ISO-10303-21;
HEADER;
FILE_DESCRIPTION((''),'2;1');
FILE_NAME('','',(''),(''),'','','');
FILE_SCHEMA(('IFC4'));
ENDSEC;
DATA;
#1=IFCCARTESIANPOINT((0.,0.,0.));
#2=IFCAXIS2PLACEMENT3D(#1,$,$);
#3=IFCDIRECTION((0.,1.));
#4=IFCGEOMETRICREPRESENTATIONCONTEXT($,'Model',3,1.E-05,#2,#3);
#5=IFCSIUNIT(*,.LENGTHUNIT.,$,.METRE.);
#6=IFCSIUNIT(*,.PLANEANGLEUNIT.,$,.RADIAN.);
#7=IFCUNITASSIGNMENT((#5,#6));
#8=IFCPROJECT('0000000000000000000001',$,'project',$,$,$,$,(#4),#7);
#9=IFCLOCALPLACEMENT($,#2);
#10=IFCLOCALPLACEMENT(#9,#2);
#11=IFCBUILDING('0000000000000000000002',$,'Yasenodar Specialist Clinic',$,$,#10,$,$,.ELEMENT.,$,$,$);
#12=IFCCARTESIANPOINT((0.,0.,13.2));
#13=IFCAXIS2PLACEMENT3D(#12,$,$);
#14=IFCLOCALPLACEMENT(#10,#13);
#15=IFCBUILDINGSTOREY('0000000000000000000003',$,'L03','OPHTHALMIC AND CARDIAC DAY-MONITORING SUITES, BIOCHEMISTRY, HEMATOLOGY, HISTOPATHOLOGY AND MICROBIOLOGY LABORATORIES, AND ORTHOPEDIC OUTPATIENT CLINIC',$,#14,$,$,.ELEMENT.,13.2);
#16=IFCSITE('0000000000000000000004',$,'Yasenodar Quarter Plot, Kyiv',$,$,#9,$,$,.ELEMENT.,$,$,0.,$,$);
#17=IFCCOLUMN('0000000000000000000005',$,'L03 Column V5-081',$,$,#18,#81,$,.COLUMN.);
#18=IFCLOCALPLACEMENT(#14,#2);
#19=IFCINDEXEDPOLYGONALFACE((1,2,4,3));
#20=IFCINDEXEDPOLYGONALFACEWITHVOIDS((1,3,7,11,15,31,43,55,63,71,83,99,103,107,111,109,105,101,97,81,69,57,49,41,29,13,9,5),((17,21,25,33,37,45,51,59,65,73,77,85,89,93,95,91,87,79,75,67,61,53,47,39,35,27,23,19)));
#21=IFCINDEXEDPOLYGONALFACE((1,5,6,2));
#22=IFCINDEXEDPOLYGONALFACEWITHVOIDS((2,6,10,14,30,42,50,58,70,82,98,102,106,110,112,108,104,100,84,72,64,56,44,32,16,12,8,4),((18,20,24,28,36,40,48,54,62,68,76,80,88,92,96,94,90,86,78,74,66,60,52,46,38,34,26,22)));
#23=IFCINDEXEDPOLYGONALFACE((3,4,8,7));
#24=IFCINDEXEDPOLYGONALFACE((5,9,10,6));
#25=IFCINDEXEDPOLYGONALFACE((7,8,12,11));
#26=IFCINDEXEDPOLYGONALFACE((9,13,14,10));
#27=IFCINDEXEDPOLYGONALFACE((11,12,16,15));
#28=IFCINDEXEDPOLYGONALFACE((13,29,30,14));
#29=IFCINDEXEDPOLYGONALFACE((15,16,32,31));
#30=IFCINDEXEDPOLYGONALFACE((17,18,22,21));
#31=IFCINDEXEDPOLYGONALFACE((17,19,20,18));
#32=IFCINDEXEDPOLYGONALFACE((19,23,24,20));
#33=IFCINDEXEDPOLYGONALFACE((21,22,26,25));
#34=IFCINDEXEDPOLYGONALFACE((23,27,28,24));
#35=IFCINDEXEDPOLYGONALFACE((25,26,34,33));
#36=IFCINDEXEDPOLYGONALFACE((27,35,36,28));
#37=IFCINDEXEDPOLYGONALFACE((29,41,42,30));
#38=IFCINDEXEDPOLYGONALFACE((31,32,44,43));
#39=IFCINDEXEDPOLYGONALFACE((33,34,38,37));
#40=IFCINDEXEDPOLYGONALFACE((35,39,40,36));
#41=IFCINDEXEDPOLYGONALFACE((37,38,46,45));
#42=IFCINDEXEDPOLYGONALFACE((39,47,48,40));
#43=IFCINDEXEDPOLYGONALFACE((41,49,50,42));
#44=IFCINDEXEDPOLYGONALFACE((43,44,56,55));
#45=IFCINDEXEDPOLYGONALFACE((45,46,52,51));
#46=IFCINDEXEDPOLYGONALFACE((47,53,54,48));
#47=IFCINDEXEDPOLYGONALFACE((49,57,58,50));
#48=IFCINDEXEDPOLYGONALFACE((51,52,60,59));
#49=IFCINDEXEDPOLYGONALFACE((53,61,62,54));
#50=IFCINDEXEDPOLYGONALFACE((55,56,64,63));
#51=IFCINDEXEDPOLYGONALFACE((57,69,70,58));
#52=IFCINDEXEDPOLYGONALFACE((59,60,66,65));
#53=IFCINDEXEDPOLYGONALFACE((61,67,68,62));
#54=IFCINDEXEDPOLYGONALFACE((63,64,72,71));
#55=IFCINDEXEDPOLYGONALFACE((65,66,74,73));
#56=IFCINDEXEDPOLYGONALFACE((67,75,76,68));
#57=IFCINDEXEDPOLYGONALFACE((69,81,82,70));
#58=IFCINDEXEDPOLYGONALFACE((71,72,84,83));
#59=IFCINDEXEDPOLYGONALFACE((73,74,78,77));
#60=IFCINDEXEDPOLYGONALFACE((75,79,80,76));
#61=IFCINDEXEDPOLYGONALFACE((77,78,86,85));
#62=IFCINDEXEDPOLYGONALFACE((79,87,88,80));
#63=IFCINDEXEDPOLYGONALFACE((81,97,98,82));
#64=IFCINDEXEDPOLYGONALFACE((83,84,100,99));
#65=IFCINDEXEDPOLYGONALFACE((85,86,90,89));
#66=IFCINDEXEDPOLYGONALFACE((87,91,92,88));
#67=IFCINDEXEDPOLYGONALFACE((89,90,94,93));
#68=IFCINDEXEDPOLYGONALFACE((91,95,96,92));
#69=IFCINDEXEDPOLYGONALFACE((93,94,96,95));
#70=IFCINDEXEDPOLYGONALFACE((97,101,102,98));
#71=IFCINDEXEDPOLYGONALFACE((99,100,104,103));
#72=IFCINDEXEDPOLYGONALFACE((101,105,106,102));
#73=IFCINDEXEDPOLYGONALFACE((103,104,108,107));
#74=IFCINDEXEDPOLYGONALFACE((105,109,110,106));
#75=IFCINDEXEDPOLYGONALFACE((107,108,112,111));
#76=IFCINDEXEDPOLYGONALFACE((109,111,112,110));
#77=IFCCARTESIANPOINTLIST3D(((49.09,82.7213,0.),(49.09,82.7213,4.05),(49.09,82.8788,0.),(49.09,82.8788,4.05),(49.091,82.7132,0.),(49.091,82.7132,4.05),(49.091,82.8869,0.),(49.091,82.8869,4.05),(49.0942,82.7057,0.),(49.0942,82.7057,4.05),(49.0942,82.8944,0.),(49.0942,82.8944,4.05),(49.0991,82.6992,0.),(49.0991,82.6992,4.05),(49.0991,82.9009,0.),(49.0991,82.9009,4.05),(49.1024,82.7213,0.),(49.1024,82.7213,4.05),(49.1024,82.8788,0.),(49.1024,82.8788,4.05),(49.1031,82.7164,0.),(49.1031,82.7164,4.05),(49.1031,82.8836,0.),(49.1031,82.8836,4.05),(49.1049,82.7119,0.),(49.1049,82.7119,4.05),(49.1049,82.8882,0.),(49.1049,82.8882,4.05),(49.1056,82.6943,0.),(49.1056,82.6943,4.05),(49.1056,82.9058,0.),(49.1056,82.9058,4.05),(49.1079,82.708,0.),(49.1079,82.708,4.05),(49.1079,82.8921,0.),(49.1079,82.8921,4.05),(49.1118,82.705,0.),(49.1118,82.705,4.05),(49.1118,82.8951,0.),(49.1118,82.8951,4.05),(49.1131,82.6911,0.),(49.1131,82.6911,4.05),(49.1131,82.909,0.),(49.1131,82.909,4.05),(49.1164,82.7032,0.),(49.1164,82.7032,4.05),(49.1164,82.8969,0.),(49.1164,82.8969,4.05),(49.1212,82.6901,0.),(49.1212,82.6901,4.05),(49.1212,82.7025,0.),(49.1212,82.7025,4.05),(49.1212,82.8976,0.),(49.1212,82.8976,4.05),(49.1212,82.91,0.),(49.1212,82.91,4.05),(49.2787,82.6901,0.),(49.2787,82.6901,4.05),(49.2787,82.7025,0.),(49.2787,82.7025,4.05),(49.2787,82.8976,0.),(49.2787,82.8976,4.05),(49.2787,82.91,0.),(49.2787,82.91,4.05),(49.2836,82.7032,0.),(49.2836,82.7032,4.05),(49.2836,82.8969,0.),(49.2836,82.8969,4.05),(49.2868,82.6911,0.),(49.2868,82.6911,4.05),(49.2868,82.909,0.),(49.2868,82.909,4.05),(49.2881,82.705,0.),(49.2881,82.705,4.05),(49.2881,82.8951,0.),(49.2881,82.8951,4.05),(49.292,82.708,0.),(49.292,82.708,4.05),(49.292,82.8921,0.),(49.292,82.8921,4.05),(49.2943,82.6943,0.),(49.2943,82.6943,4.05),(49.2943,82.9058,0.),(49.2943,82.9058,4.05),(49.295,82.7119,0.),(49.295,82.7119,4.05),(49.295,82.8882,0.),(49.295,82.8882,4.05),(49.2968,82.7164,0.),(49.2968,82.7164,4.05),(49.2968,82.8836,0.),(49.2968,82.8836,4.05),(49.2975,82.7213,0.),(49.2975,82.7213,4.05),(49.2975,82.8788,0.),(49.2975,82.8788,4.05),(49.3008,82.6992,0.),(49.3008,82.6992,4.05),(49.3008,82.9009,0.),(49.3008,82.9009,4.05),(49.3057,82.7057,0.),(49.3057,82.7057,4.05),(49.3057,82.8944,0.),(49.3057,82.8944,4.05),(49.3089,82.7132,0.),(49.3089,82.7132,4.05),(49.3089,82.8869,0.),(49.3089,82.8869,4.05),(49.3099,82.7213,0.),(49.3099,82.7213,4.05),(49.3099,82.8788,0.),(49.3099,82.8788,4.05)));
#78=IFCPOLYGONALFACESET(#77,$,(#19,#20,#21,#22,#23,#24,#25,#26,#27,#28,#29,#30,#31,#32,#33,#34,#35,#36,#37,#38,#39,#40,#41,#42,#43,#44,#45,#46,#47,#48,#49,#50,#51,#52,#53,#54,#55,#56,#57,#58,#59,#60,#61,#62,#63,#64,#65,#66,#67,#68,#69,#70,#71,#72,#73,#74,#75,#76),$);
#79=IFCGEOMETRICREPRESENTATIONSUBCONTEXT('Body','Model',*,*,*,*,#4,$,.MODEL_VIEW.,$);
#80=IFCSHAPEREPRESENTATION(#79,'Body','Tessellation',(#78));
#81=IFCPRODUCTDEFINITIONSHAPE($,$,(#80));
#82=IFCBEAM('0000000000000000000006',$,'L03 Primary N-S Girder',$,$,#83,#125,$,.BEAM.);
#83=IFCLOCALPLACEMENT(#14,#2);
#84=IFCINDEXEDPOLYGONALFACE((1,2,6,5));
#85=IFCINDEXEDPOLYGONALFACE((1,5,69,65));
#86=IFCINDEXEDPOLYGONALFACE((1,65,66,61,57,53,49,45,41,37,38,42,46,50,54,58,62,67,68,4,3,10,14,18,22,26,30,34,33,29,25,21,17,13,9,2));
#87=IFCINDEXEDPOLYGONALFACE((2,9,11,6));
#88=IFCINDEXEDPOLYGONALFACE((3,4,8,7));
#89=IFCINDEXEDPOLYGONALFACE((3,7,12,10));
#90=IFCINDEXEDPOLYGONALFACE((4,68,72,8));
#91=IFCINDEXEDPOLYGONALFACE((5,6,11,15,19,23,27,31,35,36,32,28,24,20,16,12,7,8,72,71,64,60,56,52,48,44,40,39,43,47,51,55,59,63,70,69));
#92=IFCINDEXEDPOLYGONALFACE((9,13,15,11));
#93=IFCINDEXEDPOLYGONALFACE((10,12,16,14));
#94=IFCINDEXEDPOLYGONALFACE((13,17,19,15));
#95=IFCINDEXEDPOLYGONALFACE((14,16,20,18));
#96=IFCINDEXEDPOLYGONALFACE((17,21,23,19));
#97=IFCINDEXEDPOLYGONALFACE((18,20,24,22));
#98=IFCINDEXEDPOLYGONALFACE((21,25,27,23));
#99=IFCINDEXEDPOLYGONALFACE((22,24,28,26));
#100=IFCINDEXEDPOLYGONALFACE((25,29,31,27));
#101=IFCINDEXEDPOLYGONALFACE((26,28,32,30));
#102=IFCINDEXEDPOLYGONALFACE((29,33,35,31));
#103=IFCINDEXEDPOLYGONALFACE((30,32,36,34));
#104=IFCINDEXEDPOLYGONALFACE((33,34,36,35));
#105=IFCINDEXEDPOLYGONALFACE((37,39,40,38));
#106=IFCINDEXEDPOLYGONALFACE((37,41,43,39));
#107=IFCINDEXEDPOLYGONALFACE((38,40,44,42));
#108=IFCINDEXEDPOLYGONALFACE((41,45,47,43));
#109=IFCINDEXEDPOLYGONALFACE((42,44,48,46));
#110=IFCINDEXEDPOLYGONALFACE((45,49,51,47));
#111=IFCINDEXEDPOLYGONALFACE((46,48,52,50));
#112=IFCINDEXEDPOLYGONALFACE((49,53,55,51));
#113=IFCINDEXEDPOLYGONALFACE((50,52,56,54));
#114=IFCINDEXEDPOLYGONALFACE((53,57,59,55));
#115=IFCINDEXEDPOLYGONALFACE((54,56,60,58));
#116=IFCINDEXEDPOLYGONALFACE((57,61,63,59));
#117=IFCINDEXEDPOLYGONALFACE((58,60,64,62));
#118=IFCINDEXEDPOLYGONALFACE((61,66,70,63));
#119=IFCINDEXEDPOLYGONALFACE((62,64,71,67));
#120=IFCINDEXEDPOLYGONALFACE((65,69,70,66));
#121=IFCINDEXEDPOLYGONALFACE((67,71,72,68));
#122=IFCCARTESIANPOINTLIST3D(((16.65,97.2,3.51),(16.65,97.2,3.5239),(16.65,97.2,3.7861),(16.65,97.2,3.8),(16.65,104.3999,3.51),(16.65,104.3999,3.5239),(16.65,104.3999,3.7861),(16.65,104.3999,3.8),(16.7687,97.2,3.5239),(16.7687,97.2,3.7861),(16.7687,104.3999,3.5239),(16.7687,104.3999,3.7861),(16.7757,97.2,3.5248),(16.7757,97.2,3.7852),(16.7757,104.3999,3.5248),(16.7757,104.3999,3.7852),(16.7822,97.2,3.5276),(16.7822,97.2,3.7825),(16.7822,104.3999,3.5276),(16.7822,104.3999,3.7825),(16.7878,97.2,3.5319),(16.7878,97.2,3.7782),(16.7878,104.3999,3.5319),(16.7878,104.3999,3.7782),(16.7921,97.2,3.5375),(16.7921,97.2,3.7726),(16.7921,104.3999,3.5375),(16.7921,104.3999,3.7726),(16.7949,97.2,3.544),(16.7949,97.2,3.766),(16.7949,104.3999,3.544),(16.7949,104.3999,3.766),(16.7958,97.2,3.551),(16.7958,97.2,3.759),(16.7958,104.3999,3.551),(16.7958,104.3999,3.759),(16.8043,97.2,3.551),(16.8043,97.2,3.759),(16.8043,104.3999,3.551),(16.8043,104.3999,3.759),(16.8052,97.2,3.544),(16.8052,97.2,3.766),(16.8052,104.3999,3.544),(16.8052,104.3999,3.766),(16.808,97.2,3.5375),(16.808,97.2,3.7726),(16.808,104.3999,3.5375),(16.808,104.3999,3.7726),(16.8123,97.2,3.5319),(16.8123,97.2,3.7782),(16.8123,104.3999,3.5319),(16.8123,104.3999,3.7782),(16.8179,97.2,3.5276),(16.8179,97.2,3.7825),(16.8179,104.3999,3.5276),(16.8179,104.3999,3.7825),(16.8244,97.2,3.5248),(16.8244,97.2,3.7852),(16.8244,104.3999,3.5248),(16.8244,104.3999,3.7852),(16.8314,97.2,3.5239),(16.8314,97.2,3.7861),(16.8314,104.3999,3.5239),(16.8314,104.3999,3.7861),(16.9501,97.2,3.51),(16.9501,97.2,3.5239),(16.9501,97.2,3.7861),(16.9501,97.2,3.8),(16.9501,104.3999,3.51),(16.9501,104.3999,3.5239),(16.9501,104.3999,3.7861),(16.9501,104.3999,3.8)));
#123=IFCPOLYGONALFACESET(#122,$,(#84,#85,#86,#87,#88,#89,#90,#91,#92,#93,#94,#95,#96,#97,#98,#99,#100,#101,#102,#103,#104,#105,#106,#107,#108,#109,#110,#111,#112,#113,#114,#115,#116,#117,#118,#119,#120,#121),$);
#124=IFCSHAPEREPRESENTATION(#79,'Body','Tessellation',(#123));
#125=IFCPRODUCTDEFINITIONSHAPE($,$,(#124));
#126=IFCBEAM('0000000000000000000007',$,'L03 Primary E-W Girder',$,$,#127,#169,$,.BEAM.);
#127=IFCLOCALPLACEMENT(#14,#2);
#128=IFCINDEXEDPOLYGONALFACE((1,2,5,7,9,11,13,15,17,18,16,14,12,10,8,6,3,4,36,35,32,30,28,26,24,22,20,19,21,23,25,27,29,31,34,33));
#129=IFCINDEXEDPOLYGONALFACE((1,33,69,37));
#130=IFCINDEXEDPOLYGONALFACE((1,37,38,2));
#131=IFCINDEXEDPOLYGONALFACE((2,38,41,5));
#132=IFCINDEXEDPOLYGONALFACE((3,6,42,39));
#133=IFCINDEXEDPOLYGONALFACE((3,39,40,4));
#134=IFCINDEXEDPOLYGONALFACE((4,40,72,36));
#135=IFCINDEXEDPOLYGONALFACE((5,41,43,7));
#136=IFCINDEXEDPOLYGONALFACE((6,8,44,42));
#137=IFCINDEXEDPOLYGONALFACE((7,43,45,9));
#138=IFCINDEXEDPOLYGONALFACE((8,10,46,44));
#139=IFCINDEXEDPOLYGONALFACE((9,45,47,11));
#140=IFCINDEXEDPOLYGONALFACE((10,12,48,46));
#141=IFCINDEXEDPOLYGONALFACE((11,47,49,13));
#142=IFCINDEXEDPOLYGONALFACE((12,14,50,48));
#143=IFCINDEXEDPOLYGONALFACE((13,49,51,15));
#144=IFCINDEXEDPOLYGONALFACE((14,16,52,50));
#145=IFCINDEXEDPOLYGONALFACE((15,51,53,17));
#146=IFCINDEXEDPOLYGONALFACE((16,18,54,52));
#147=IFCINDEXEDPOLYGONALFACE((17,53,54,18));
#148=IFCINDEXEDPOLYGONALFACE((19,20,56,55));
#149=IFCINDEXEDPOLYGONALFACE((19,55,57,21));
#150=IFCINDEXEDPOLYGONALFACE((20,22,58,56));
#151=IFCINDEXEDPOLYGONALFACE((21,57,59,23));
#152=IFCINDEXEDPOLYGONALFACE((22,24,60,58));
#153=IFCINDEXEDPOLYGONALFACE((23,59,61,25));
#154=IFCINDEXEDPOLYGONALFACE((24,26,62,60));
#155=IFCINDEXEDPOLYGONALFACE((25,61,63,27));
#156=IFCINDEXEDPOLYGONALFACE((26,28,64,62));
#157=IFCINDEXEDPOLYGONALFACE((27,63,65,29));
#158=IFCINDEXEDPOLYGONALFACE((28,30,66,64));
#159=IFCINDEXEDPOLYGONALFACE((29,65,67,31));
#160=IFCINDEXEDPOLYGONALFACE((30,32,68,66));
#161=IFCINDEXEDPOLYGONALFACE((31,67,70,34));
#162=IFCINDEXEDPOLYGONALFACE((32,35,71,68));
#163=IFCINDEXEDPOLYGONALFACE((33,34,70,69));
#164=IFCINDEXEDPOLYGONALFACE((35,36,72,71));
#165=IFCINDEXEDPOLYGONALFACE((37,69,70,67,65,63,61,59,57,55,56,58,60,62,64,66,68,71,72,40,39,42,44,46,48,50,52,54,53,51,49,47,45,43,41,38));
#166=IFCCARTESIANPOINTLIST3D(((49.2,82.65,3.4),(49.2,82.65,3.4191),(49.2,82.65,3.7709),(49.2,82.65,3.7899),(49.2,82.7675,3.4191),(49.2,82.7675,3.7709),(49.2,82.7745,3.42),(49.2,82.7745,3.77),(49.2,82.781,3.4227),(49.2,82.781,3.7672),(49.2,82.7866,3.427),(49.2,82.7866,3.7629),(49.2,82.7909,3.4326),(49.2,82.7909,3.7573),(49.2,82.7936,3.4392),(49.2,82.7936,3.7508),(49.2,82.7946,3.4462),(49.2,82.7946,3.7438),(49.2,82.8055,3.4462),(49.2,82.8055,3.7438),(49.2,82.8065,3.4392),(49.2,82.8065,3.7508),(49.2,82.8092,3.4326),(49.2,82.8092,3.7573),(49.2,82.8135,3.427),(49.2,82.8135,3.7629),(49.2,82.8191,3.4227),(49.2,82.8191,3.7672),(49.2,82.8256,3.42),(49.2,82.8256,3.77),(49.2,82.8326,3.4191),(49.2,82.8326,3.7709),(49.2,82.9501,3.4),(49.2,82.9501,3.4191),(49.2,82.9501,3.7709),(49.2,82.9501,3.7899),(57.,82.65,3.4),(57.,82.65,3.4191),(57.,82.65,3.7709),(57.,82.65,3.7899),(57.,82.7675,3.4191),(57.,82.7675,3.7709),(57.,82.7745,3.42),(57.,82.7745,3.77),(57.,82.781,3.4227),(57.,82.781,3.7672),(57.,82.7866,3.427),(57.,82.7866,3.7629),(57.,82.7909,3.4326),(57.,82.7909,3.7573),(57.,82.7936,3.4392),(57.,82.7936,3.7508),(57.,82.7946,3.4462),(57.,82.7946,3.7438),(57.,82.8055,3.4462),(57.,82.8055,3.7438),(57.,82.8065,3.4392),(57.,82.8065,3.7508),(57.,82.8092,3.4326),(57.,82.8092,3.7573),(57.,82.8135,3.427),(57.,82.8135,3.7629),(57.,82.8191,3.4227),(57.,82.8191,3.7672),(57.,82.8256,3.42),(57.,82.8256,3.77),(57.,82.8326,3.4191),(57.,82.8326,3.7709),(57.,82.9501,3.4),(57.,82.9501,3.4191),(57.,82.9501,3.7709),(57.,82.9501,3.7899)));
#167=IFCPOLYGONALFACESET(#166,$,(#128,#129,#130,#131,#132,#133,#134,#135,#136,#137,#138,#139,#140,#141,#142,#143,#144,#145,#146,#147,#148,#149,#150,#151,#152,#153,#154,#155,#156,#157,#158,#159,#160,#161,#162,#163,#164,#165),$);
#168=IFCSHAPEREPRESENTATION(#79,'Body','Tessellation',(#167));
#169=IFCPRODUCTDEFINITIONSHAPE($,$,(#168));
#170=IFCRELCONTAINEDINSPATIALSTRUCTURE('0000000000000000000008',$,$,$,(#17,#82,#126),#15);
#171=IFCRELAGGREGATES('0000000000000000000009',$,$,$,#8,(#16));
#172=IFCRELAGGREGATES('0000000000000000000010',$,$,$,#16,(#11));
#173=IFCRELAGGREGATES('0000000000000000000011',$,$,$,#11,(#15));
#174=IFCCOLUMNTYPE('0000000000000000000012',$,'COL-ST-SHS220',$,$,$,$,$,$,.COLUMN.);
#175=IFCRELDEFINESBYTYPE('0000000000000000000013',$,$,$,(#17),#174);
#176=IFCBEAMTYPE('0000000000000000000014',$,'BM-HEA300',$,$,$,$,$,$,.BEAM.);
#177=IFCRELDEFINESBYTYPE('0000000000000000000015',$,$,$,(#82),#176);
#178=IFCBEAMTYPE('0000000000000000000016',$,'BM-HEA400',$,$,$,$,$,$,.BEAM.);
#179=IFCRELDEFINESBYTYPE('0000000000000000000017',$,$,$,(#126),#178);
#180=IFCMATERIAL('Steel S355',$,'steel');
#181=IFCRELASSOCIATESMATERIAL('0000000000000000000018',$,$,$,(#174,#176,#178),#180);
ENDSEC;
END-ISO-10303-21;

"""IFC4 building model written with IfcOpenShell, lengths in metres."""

from ifc_helpers import new_model, si_unit, direction, frame, origin, origin_2d, place, context, subcontext, project, spatial, hollow_rectangle, i_section, extrude, material, material_profile, profile_set, type_object, element, save


model = new_model("IFC4")

# Units and contexts
model_context = context("Model", 3, precision=1e-05, world=origin(), true_north=direction((0.0, 1.0)))
body_context = subcontext(model_context, "Body", "Model", "MODEL_VIEW")
ifc_project = project(units=[si_unit("LENGTHUNIT", "METRE"), si_unit("PLANEANGLEUNIT", "RADIAN")], contexts=[model_context])

# Site, building, storey
site_placement = place(None, origin())
site = spatial("IfcSite", under=ifc_project, at=site_placement, Name="Yasenodar Quarter Plot, Kyiv", CompositionType="ELEMENT", RefElevation=0.0)
building_placement = place(site_placement, origin())
building = spatial("IfcBuilding", under=site, at=building_placement, Name="Yasenodar Specialist Clinic", CompositionType="ELEMENT")
storey_placement = place(building_placement, frame((0.0, 0.0, 13.2)))
storey = spatial("IfcBuildingStorey", under=building, at=storey_placement, Name="L03", Description="OPHTHALMIC AND CARDIAC DAY-MONITORING SUITES, BIOCHEMISTRY, HEMATOLOGY, HISTOPATHOLOGY AND MICROBIOLOGY LABORATORIES, AND ORTHOPEDIC OUTPATIENT CLINIC", CompositionType="ELEMENT", Elevation=13.2)

# Column
ifc_material_1 = material(Name="Steel S355", Category="steel")
ifc_material_profile_1 = material_profile(ifc_material_1, hollow_rectangle(XDim=0.22, YDim=0.22, WallThickness=0.0125, InnerFilletRadius=0.0188, OuterFilletRadius=0.0312, at=origin_2d()), Name="SHS 220x220x12.5")
ifc_profile_set_1 = profile_set([ifc_material_profile_1], Name="Steel S355")
column_type_1 = type_object("IfcColumnType", Name="COL-ST-SHS220", PredefinedType="COLUMN", material=ifc_profile_set_1)
column_1_placement = place(storey_placement, frame((49.2, 82.8, 0.0), z_axis=(0.0, 0.0, 1.0), x_axis=(1.0, 0.0, 0.0)))
element("IfcColumn", 1, at=column_1_placement, inside=storey, type_object=column_type_1, Name="L03 Column V5-081", PredefinedType="COLUMN", context=body_context, shape_type="SweptSolid", body=[
    extrude(hollow_rectangle(XDim=0.22, YDim=0.22, WallThickness=0.0125, InnerFilletRadius=0.0188, OuterFilletRadius=0.0312, at=origin_2d()), origin(), (0.0, 0.0, 1.0), 4.05),
])

# Beams
ifc_material_profile_2 = material_profile(ifc_material_1, i_section(OverallWidth=0.3, OverallDepth=0.29, WebThickness=0.0085, FlangeThickness=0.0139, FilletRadius=0.0271, at=origin_2d()), Name="HEA 300")
ifc_profile_set_2 = profile_set([ifc_material_profile_2], Name="Steel S355")
beam_type_1 = type_object("IfcBeamType", Name="BM-HEA300", PredefinedType="BEAM", material=ifc_profile_set_2)
beam_1_placement = place(storey_placement, frame((16.8, 97.2, 3.655), z_axis=(0.0, 1.0, 0.0), x_axis=(-1.0, 0.0, 0.0)))
element("IfcBeam", 2, at=beam_1_placement, inside=storey, type_object=beam_type_1, Name="L03 Primary N-S Girder", PredefinedType="BEAM", context=body_context, shape_type="SweptSolid", body=[
    extrude(i_section(OverallWidth=0.3, OverallDepth=0.29, WebThickness=0.0085, FlangeThickness=0.0139, FilletRadius=0.0271, at=origin_2d()), origin(), (0.0, 0.0, 1.0), 7.2),
])
ifc_material_profile_3 = material_profile(ifc_material_1, i_section(OverallWidth=0.3, OverallDepth=0.3899, WebThickness=0.011, FlangeThickness=0.019, FilletRadius=0.0271, at=origin_2d()), Name="HEA 400")
ifc_profile_set_3 = profile_set([ifc_material_profile_3], Name="Steel S355")
beam_type_2 = type_object("IfcBeamType", Name="BM-HEA400", PredefinedType="BEAM", material=ifc_profile_set_3)
for number, where, z_axis, x_axis, name in (
    (3, (49.2, 82.8, 3.595), (1.0, 0.0, 0.0), (0.0, 1.0, 0.0), "L03 Primary E-W Girder"),
):
    element("IfcBeam", number, at=place(storey_placement, frame(where, z_axis=z_axis, x_axis=x_axis)), inside=storey, type_object=beam_type_2, Name=name, PredefinedType="BEAM", context=body_context, shape_type="SweptSolid", body=[
        extrude(i_section(OverallWidth=0.3, OverallDepth=0.3899, WebThickness=0.011, FlangeThickness=0.019, FilletRadius=0.0271, at=origin_2d()), origin(), (0.0, 0.0, 1.0), 7.8),
    ])

save(model, "model.ifc")
